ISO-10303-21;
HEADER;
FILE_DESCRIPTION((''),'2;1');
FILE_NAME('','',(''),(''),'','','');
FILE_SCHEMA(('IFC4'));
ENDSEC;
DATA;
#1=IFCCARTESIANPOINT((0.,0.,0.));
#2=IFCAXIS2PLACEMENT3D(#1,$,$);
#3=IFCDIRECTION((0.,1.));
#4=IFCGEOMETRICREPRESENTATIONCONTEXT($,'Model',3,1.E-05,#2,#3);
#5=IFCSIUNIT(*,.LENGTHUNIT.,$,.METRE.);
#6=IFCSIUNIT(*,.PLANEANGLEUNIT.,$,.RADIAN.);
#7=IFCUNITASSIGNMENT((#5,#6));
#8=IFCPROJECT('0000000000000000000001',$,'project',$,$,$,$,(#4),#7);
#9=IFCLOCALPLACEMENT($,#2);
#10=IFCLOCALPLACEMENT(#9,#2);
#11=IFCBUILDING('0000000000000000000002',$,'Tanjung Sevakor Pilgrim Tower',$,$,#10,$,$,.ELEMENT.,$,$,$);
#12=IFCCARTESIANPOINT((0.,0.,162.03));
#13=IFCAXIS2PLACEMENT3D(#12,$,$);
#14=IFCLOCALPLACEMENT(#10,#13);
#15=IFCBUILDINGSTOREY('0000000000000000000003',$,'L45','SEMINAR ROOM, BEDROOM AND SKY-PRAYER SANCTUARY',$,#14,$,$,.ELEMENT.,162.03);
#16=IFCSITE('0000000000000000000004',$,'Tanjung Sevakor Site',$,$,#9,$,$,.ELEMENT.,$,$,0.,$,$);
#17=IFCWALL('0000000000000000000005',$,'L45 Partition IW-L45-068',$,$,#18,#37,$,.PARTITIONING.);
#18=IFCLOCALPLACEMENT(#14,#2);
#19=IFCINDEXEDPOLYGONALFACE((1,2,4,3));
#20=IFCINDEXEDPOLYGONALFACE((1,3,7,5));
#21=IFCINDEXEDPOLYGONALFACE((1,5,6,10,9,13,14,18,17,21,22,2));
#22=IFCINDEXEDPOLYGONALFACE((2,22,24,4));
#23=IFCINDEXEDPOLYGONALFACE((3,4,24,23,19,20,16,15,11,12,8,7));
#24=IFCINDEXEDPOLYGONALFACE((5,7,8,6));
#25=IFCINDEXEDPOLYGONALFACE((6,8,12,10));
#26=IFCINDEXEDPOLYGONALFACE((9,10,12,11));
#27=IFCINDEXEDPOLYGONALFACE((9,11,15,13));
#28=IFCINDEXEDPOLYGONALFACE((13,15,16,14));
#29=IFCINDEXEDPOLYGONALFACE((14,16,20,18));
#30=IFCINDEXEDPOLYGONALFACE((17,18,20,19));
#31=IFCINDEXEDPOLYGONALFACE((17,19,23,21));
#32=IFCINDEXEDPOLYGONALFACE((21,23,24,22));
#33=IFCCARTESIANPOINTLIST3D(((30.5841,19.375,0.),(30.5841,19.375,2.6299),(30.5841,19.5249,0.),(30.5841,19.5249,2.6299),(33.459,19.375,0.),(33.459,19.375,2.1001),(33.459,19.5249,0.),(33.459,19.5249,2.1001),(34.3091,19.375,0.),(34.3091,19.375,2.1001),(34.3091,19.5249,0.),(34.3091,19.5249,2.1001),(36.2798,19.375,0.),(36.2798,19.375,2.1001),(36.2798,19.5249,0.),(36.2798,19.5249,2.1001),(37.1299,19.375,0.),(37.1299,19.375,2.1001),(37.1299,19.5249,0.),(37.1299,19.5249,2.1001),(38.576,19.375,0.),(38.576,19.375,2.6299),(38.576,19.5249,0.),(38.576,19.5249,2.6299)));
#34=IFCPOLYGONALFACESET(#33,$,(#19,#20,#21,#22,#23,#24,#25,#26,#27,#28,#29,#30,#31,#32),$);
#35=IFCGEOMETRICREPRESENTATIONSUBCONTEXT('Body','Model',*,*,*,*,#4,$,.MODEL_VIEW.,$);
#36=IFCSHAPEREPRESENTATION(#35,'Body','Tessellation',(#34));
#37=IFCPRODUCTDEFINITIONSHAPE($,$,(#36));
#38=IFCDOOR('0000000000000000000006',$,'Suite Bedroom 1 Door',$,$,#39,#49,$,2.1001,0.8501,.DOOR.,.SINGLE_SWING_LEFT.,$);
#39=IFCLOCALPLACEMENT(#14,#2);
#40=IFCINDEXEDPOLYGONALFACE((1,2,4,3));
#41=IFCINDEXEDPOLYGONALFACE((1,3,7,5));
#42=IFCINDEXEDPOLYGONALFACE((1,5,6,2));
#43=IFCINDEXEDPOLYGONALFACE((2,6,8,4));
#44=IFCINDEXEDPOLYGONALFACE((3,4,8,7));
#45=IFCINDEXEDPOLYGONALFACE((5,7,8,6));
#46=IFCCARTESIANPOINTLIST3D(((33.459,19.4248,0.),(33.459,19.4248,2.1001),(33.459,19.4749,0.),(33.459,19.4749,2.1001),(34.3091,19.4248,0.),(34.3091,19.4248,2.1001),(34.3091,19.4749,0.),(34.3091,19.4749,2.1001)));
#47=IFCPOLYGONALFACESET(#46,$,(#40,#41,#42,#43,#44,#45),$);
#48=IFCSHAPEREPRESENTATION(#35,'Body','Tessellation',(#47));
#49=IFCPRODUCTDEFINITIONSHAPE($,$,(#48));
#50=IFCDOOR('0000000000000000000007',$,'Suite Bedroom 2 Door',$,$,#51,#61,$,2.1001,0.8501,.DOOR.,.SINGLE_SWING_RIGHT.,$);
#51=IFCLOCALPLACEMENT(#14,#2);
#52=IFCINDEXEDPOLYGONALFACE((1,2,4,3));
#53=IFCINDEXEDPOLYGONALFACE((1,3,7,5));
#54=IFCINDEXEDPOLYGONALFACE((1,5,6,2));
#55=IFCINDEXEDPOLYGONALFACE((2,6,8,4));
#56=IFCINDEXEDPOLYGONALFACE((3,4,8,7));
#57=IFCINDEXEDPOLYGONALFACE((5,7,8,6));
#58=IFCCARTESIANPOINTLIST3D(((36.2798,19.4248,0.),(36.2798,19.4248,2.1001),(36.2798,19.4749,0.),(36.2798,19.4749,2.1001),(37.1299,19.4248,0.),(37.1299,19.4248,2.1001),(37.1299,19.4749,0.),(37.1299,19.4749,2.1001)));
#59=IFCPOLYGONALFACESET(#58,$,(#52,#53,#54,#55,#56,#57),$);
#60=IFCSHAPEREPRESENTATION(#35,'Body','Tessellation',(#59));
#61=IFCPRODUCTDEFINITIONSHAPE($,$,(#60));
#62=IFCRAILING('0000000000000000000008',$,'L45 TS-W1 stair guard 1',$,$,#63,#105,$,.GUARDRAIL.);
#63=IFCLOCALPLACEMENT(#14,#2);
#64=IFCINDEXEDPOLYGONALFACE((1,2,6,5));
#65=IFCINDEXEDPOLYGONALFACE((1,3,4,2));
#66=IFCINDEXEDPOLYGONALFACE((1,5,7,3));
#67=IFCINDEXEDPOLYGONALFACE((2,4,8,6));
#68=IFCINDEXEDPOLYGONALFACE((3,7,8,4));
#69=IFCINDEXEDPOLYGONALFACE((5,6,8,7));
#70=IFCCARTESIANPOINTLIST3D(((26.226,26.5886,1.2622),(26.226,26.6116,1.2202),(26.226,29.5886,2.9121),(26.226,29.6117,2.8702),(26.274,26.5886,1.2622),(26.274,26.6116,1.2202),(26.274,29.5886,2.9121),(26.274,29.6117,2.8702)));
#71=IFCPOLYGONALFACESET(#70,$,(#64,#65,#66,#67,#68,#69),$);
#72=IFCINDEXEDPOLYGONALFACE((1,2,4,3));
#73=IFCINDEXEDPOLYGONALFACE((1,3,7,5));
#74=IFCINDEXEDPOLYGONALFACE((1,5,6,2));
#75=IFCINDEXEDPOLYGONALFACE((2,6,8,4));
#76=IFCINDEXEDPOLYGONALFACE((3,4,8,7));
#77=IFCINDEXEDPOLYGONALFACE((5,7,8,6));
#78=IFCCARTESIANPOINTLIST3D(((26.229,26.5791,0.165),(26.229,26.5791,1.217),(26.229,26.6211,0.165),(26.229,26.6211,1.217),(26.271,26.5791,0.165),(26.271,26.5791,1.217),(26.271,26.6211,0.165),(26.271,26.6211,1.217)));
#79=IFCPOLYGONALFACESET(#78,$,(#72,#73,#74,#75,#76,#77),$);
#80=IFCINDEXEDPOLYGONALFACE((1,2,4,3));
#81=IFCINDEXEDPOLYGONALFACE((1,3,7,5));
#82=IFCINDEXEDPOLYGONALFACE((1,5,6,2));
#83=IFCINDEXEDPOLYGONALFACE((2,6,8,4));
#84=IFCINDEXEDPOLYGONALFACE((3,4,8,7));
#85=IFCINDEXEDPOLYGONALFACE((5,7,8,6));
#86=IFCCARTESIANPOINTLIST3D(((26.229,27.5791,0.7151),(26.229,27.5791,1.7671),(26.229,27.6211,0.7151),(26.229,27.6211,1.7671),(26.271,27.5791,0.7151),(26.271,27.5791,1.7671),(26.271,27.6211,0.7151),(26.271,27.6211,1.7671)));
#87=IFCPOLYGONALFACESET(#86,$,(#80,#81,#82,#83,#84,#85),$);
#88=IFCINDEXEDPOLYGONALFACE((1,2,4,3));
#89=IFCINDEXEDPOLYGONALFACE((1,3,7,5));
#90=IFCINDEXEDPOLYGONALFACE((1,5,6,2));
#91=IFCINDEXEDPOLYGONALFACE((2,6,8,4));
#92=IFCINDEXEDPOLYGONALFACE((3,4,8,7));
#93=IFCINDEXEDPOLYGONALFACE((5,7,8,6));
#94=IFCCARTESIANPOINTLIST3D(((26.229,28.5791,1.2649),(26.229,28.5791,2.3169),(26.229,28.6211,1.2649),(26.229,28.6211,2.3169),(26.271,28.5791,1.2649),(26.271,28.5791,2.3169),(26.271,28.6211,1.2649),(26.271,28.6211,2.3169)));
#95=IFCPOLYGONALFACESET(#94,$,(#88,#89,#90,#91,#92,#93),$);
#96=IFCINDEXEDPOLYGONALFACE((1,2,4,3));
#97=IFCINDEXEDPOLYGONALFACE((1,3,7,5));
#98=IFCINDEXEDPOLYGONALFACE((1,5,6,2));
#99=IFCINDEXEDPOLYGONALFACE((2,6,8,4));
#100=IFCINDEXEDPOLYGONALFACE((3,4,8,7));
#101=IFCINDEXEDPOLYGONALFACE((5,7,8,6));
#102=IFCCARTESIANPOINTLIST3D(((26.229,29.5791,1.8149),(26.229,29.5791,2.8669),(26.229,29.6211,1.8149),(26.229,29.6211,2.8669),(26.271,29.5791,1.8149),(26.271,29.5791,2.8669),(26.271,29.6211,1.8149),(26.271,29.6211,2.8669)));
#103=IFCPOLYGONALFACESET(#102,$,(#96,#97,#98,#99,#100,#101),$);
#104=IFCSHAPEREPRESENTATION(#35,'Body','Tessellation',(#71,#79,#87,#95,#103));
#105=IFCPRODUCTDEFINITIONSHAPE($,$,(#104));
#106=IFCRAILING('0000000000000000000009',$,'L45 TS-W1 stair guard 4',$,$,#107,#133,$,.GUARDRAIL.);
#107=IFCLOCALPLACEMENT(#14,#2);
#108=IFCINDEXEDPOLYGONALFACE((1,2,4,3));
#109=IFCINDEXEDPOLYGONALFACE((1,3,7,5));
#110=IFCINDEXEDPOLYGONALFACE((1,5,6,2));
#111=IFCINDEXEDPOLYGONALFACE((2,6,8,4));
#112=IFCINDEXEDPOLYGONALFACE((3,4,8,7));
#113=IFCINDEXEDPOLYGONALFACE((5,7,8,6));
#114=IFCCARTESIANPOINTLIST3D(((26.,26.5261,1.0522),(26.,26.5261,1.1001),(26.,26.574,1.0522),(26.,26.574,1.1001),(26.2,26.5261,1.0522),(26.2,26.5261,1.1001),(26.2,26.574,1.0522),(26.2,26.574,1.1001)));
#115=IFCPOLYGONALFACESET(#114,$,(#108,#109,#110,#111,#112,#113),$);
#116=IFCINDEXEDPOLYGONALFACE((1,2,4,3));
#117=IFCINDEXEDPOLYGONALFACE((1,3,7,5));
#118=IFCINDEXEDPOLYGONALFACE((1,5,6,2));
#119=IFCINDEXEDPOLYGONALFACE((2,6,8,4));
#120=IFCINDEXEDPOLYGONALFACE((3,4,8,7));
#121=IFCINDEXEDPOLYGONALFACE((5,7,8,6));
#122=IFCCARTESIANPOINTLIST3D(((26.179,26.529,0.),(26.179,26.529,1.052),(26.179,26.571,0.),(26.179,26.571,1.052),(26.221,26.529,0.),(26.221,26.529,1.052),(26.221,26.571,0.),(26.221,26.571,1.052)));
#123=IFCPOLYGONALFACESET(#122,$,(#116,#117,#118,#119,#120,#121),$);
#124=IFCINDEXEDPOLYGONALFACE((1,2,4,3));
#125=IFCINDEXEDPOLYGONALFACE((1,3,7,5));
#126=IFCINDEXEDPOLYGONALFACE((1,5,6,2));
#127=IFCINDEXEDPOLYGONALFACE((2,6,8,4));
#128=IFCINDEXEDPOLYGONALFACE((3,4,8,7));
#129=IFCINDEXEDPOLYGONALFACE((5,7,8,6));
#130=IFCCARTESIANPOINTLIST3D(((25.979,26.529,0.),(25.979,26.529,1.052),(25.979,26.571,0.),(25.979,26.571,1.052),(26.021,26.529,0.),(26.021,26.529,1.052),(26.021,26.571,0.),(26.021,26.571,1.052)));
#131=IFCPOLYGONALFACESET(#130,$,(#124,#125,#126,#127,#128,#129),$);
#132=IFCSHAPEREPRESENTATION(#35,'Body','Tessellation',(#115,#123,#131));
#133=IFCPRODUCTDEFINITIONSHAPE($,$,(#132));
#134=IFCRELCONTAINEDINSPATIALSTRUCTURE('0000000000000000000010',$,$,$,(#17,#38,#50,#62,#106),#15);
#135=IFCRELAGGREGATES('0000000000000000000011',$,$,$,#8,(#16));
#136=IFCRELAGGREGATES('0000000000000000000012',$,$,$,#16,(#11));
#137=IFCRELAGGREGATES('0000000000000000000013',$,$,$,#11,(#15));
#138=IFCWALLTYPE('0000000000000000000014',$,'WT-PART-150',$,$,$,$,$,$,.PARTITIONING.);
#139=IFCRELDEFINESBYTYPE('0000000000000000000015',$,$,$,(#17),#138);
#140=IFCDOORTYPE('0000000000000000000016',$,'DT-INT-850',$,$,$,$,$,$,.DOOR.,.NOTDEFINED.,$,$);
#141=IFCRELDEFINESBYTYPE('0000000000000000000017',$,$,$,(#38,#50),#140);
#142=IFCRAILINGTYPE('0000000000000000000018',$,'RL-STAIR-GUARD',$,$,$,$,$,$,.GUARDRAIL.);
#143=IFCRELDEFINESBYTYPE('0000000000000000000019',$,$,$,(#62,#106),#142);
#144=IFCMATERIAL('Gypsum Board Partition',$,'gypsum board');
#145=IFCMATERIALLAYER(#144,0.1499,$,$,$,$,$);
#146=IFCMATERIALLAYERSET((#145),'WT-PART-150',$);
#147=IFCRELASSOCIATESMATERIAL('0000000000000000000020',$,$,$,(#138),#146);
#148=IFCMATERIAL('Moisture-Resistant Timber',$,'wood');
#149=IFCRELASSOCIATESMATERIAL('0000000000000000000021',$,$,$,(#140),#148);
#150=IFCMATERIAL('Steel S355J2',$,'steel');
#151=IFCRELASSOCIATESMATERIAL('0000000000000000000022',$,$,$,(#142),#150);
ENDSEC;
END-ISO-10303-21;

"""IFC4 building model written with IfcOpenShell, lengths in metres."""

from ifc_helpers import new_model, si_unit, direction, frame, frame_2d, origin, place, context, subcontext, project, spatial, rectangle, extrude, material, layer, layer_set, type_object, element, fill, save


model = new_model("IFC4")

# Units and contexts
model_context = context("Model", 3, precision=1e-05, world=origin(), true_north=direction((0.0, 1.0)))
body_context = subcontext(model_context, "Body", "Model", "MODEL_VIEW")
ifc_project = project(units=[si_unit("LENGTHUNIT", "METRE"), si_unit("PLANEANGLEUNIT", "RADIAN")], contexts=[model_context])

# Site, building, storey
site_placement = place(None, origin())
site = spatial("IfcSite", under=ifc_project, at=site_placement, Name="Tanjung Sevakor Site", CompositionType="ELEMENT", RefElevation=0.0)
building_placement = place(site_placement, origin())
building = spatial("IfcBuilding", under=site, at=building_placement, Name="Tanjung Sevakor Pilgrim Tower", CompositionType="ELEMENT")
storey_placement = place(building_placement, frame((0.0, 0.0, 162.03)))
storey = spatial("IfcBuildingStorey", under=building, at=storey_placement, Name="L45", Description="SEMINAR ROOM, BEDROOM AND SKY-PRAYER SANCTUARY", CompositionType="ELEMENT", Elevation=162.03)

# Shared definitions
ifc_material_1 = material(Name="Gypsum Board Partition", Category="gypsum board")
ifc_layer_1 = layer(ifc_material_1, 0.1499)
ifc_layer_set_1 = layer_set([ifc_layer_1], Name="WT-PART-150")
wall_type_1 = type_object("IfcWallType", Name="WT-PART-150", PredefinedType="PARTITIONING", material=ifc_layer_set_1)

# Wall, openings, doors
ifc_material_2 = material(Name="Moisture-Resistant Timber", Category="wood")
door_type_1 = type_object("IfcDoorType", Name="DT-INT-850", OperationType="NOTDEFINED", PredefinedType="DOOR", material=ifc_material_2)
wall_1_placement = place(storey_placement, frame((30.584, 19.45, 0.0), z_axis=(0.0, 0.0, 1.0), x_axis=(1.0, 0.0, 0.0)))
wall_1 = element("IfcWall", 1, at=wall_1_placement, inside=storey, type_object=wall_type_1, Name="L45 Partition IW-L45-068", PredefinedType="PARTITIONING", context=body_context, shape_type="SweptSolid", body=[
    extrude(rectangle(XDim=7.9919, YDim=0.1499, at=frame_2d((3.9961, 0.0))), origin(), (0.0, 0.0, 1.0), 2.6299),
])
opening_1_placement = place(wall_1_placement, frame((2.875, 0.0, 0.0)))
opening_1 = element("IfcOpeningElement", 2, at=opening_1_placement, cuts=wall_1, PredefinedType="OPENING", context=body_context, shape_type="SweptSolid", body=[
    extrude(rectangle(XDim=0.8501, YDim=2.1001, at=frame_2d((0.425, 1.05))), frame((0.0, 0.085, 0.0), z_axis=(0.0, -1.0, 0.0), x_axis=(1.0, 0.0, 0.0)), (0.0, 0.0, 1.0), 0.1699),
])
opening_2_placement = place(wall_1_placement, frame((5.6958, 0.0, 0.0)))
opening_2 = element("IfcOpeningElement", 3, at=opening_2_placement, cuts=wall_1, PredefinedType="OPENING", context=body_context, shape_type="SweptSolid", body=[
    extrude(rectangle(XDim=0.8501, YDim=2.1001, at=frame_2d((0.425, 1.05))), frame((0.0, 0.085, 0.0), z_axis=(0.0, -1.0, 0.0), x_axis=(1.0, 0.0, 0.0)), (0.0, 0.0, 1.0), 0.1699),
])
door_1_placement = place(opening_1_placement, origin())
door_1 = element("IfcDoor", 4, at=door_1_placement, inside=storey, type_object=door_type_1, Name="Suite Bedroom 1 Door", OperationType="SINGLE_SWING_LEFT", OverallHeight=2.1001, OverallWidth=0.8501, PredefinedType="DOOR", context=body_context, shape_type="SweptSolid", body=[
    extrude(rectangle(XDim=0.8501, YDim=2.1001, at=frame_2d((0.425, 1.05))), frame((0.0, 0.0249, 0.0), z_axis=(0.0, -1.0, 0.0), x_axis=(1.0, 0.0, 0.0)), (0.0, 0.0, 1.0), 0.05),
])
fill(opening_1, door_1)
door_2_placement = place(opening_2_placement, origin())
door_2 = element("IfcDoor", 5, at=door_2_placement, inside=storey, type_object=door_type_1, Name="Suite Bedroom 2 Door", OperationType="SINGLE_SWING_RIGHT", OverallHeight=2.1001, OverallWidth=0.8501, PredefinedType="DOOR", context=body_context, shape_type="SweptSolid", body=[
    extrude(rectangle(XDim=0.8501, YDim=2.1001, at=frame_2d((0.425, 1.05))), frame((0.0, 0.0249, 0.0), z_axis=(0.0, -1.0, 0.0), x_axis=(1.0, 0.0, 0.0)), (0.0, 0.0, 1.0), 0.05),
])
fill(opening_2, door_2)

# Railings
ifc_material_3 = material(Name="Steel S355J2", Category="steel")
railing_type = type_object("IfcRailingType", Name="RL-STAIR-GUARD", PredefinedType="GUARDRAIL", material=ifc_material_3)
railing_1_placement = place(storey_placement, frame((26.25, 26.6001, 0.165)))
element("IfcRailing", 6, at=railing_1_placement, inside=storey, type_object=railing_type, Name="L45 TS-W1 stair guard 1", PredefinedType="GUARDRAIL", context=body_context, shape_type="SweptSolid", body=[
    extrude(rectangle(XDim=0.0479, YDim=0.0479), frame((0.0, 0.0, 1.0762), z_axis=(0.0, 0.876228, 0.481897), x_axis=(-1.0, 0.0, 0.0)), (0.0, 0.0, 1.0), 3.4238),
    extrude(rectangle(XDim=0.042, YDim=0.042), origin(), (0.0, 0.0, 1.0), 1.052),
    extrude(rectangle(XDim=0.042, YDim=0.042), frame((0.0, 1.0, 0.55)), (0.0, 0.0, 1.0), 1.052),
    extrude(rectangle(XDim=0.042, YDim=0.042), frame((0.0, 2.0, 1.0999)), (0.0, 0.0, 1.0), 1.052),
    extrude(rectangle(XDim=0.042, YDim=0.042), frame((0.0, 3.0, 1.6499)), (0.0, 0.0, 1.0), 1.052),
])
railing_2_placement = place(storey_placement, frame((26.2, 26.55, 0.0)))
element("IfcRailing", 7, at=railing_2_placement, inside=storey, type_object=railing_type, Name="L45 TS-W1 stair guard 4", PredefinedType="GUARDRAIL", context=body_context, shape_type="SweptSolid", body=[
    extrude(rectangle(XDim=0.0479, YDim=0.0479), frame((0.0, 0.0, 1.0762), z_axis=(-1.0, 0.0, 0.0), x_axis=(0.0, -1.0, 0.0)), (0.0, 0.0, 1.0), 0.2),
    extrude(rectangle(XDim=0.042, YDim=0.042), origin(), (0.0, 0.0, 1.0), 1.052),
    extrude(rectangle(XDim=0.042, YDim=0.042), frame((-0.2, 0.0, 0.0)), (0.0, 0.0, 1.0), 1.052),
])

save(model, "model.ifc")
